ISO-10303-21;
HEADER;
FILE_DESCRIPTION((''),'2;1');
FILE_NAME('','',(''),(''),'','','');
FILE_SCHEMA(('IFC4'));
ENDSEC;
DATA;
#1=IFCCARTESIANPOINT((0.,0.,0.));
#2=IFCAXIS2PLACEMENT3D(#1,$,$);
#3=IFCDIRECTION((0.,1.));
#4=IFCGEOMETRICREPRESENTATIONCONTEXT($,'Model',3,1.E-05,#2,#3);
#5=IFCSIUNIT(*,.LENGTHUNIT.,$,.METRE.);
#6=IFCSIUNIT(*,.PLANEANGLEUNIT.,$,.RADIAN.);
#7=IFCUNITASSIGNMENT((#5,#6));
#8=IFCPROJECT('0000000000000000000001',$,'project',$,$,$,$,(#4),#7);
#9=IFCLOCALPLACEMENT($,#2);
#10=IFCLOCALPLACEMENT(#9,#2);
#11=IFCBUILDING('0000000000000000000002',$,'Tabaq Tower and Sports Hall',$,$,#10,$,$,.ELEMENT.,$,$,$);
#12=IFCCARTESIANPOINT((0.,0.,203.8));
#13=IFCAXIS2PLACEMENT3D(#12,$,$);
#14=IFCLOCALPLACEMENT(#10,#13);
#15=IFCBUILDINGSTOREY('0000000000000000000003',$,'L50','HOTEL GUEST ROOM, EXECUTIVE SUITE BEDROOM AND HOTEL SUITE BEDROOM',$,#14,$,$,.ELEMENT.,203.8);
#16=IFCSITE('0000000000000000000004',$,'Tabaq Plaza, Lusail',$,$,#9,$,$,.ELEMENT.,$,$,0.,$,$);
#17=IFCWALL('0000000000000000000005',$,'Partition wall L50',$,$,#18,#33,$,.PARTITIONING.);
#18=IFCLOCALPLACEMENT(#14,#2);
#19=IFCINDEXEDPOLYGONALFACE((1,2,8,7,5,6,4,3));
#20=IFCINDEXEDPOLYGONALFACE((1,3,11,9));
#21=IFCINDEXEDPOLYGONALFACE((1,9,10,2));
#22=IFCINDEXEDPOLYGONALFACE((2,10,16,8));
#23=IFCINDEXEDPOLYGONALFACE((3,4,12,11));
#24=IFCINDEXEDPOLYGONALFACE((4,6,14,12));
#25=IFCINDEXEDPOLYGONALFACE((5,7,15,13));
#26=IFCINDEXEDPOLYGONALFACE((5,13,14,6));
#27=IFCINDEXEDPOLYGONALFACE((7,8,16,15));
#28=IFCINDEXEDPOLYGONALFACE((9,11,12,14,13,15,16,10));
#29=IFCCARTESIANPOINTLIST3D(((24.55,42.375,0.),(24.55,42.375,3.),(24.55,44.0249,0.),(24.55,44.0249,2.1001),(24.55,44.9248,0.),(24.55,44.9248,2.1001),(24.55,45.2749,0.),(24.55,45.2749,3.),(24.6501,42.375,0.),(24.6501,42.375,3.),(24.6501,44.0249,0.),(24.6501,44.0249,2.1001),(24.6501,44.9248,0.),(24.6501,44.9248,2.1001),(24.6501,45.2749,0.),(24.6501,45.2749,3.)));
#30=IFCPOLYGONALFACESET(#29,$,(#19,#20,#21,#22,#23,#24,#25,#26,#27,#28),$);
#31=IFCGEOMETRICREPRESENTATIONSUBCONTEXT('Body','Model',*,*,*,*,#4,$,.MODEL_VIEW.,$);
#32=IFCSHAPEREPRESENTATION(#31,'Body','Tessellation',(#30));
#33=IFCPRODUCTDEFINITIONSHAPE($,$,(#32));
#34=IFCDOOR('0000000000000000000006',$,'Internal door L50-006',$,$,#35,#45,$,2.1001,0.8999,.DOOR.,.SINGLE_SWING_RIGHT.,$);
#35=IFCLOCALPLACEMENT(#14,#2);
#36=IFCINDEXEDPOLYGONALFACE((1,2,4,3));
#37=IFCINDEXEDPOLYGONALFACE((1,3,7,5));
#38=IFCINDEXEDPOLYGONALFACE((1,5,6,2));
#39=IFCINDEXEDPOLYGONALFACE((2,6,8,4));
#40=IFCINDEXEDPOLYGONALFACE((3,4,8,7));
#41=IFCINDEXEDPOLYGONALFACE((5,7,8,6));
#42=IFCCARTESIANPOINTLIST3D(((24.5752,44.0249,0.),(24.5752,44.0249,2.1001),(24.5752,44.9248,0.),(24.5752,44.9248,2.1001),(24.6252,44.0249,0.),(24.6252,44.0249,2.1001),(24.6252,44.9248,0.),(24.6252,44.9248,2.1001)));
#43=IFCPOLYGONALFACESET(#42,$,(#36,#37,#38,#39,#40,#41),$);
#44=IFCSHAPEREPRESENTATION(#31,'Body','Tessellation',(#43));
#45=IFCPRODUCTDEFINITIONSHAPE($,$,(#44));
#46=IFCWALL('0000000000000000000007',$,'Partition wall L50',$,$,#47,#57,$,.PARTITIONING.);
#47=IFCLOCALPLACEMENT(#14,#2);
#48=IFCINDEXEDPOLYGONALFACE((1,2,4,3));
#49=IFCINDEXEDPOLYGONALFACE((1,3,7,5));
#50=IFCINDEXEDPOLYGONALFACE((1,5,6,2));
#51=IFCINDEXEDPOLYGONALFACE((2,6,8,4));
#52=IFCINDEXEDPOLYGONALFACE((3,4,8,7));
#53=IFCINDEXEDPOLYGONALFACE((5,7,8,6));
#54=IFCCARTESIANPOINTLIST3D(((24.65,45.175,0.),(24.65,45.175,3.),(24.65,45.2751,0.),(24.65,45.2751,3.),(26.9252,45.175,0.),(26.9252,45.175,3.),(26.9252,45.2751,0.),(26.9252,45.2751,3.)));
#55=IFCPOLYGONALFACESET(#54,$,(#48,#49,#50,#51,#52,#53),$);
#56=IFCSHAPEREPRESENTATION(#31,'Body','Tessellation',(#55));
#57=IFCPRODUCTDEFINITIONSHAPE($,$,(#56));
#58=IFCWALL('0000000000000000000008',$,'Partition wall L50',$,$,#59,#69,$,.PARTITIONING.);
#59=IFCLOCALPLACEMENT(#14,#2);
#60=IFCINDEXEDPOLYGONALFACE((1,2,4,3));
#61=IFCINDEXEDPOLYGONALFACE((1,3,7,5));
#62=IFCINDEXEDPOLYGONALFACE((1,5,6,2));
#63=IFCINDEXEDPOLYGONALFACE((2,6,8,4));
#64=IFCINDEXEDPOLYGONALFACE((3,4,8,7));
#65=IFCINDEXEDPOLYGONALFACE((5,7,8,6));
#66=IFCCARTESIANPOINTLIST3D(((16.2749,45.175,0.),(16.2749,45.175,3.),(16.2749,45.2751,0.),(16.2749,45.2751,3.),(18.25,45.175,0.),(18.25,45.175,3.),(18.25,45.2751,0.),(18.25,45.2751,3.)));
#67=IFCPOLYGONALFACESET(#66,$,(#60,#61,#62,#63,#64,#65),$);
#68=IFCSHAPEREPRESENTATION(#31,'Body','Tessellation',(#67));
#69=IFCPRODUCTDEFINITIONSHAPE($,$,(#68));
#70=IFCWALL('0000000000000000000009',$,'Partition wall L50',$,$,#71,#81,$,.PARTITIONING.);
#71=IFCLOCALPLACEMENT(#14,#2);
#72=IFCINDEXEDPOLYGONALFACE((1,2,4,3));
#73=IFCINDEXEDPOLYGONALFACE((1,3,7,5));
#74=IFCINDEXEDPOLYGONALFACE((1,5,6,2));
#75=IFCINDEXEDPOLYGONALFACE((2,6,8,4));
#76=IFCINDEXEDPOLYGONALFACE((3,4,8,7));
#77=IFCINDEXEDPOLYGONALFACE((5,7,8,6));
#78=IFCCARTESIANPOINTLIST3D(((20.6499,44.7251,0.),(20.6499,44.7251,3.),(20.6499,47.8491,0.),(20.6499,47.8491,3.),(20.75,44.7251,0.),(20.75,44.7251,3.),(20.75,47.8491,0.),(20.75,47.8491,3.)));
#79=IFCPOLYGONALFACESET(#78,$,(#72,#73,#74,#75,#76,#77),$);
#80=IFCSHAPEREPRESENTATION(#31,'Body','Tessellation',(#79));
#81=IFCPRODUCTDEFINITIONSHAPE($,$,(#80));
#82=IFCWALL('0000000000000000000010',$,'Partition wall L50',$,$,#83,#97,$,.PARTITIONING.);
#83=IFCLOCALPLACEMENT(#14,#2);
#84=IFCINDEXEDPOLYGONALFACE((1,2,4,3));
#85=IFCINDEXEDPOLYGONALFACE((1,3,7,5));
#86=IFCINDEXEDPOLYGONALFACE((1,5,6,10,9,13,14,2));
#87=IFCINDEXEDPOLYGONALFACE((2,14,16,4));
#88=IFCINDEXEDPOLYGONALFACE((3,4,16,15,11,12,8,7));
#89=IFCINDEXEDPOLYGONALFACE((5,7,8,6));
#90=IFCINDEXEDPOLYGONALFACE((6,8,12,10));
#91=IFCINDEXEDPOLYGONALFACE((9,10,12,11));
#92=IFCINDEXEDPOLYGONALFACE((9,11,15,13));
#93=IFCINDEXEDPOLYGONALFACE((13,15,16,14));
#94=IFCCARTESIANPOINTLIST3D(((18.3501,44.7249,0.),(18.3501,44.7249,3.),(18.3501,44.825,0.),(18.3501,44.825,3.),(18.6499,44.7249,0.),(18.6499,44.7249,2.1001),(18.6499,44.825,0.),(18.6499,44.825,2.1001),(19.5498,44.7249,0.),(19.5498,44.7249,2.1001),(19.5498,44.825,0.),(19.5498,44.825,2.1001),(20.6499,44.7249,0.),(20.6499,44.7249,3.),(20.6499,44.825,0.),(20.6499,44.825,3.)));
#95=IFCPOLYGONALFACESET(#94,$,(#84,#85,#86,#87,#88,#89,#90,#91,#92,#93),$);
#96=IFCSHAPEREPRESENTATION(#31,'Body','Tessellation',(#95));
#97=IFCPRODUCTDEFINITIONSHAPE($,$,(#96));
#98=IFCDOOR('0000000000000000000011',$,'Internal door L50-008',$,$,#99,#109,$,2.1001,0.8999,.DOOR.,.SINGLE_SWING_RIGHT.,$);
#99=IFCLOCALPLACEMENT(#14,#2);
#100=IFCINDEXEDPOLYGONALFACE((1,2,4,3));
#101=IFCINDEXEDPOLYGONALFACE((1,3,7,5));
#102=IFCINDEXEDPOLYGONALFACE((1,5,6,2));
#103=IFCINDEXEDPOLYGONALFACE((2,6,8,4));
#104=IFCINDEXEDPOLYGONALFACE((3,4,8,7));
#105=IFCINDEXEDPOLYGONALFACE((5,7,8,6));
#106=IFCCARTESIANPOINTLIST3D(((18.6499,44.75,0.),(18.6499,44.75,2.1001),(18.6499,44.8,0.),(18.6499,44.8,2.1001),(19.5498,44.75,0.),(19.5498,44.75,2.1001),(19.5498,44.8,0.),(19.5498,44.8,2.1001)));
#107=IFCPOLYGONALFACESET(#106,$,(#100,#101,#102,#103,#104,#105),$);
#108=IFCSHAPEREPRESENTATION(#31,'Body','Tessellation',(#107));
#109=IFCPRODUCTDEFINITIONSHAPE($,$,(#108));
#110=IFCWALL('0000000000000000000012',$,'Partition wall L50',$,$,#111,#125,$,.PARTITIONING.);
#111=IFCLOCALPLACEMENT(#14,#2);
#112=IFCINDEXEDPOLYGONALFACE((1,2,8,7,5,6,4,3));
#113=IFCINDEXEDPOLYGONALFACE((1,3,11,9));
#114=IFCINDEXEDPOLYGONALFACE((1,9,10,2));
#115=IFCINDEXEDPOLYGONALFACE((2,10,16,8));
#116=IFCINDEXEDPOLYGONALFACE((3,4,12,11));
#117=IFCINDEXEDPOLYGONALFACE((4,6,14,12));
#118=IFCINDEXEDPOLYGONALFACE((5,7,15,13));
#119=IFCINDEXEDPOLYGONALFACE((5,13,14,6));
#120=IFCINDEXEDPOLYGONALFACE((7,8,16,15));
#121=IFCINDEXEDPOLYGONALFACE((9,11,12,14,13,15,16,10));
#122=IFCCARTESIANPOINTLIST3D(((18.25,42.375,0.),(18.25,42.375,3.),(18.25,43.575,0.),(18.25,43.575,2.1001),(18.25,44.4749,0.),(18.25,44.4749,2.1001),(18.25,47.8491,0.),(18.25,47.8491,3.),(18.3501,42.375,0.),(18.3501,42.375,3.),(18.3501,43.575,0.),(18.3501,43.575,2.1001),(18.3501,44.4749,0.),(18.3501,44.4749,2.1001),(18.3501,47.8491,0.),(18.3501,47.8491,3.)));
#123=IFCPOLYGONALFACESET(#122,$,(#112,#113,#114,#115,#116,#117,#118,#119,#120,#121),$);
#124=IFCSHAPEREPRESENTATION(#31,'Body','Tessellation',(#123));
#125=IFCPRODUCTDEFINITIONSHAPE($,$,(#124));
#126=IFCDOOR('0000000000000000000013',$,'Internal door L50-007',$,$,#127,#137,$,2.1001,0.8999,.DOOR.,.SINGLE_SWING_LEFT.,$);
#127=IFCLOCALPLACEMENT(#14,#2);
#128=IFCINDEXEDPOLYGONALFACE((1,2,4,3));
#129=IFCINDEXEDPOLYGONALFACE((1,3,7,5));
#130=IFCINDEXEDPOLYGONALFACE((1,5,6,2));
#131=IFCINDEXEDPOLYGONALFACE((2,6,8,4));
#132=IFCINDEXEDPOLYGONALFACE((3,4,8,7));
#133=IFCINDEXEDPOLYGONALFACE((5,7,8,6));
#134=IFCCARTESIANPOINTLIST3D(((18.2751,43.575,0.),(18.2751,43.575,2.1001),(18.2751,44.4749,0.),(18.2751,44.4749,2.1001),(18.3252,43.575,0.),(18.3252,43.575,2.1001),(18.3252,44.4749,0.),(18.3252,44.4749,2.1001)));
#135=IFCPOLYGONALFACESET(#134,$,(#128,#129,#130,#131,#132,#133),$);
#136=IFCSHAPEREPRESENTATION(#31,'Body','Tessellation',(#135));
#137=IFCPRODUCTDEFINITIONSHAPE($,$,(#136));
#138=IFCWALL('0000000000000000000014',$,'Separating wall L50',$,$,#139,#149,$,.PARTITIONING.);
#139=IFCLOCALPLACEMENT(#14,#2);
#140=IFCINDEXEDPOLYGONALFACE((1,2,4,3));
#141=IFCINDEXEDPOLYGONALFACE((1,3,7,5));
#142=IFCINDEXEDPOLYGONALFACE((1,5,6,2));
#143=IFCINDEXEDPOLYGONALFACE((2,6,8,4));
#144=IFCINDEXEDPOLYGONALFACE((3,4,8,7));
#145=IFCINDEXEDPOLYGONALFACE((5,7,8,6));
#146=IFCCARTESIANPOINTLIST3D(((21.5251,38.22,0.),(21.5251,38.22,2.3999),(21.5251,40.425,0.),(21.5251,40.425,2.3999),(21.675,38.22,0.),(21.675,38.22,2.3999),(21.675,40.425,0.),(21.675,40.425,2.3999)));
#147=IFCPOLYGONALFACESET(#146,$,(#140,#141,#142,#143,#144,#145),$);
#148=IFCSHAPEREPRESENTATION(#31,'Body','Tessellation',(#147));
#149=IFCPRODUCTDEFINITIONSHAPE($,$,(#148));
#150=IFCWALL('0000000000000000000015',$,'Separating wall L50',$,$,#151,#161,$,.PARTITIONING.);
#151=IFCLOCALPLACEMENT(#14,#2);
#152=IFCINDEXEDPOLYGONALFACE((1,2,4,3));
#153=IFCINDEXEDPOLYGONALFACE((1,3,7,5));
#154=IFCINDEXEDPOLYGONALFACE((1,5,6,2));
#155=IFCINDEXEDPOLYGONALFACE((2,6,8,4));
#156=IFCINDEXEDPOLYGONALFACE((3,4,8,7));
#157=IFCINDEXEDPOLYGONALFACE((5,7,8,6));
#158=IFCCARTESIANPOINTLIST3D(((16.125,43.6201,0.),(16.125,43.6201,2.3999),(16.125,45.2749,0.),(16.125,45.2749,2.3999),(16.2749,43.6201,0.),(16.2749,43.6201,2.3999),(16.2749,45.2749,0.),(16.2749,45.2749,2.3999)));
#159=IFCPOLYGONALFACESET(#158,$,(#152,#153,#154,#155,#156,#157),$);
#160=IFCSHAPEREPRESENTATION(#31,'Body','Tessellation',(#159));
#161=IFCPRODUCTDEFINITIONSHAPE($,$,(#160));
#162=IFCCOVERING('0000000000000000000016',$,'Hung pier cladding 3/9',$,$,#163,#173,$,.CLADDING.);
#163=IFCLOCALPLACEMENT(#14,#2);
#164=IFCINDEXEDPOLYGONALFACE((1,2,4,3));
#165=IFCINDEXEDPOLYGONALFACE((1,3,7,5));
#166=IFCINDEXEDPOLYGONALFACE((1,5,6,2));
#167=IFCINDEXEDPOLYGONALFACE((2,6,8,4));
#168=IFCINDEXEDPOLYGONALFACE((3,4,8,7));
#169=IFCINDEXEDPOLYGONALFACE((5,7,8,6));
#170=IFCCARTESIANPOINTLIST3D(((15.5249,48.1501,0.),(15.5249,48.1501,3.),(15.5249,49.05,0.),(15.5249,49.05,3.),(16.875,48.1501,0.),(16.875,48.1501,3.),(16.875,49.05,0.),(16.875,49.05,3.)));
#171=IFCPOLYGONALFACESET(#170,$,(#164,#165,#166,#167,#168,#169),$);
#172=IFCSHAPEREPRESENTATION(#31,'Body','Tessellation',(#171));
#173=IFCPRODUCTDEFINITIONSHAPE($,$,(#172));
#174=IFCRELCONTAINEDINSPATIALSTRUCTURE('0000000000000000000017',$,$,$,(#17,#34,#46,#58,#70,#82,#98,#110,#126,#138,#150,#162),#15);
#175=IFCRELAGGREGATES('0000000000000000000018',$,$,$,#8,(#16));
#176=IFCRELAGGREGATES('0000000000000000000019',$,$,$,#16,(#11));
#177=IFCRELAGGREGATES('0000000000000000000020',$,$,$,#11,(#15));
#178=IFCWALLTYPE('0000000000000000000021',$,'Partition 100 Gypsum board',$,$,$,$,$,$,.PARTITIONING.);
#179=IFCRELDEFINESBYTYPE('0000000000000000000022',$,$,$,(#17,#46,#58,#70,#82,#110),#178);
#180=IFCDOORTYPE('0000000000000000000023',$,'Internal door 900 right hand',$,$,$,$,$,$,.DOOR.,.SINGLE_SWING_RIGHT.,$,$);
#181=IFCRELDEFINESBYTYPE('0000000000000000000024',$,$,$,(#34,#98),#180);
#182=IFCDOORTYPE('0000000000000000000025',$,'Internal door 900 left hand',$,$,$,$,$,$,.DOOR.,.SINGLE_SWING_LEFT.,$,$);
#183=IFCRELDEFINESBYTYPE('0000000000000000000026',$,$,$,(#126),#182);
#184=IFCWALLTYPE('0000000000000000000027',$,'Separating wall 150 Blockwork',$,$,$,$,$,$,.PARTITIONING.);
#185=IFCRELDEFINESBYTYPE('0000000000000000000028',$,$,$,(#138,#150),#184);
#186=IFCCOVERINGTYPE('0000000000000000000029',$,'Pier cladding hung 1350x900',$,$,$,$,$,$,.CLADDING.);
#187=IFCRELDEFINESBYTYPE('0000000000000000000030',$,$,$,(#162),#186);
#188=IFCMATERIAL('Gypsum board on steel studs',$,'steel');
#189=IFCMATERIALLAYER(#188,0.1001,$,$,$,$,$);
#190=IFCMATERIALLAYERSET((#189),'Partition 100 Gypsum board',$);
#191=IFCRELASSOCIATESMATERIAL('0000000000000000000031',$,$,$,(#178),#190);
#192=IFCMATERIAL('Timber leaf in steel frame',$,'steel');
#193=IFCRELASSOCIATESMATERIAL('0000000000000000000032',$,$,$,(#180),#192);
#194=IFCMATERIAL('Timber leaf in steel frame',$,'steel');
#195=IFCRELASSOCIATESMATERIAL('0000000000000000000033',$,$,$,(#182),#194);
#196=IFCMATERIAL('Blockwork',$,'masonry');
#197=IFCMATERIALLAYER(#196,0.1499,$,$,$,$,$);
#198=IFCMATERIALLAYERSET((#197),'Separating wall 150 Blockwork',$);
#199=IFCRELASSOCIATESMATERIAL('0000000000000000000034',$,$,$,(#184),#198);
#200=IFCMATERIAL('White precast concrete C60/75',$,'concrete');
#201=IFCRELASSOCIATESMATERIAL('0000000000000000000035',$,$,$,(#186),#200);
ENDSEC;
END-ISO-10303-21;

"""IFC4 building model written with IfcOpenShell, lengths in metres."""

from ifc_helpers import new_model, si_unit, direction, frame, frame_2d, origin, place, context, subcontext, project, spatial, rectangle, extrude, material, layer, layer_set, type_object, element, fill, save


model = new_model("IFC4")

# Units and contexts
model_context = context("Model", 3, precision=1e-05, world=origin(), true_north=direction((0.0, 1.0)))
body_context = subcontext(model_context, "Body", "Model", "MODEL_VIEW")
ifc_project = project(units=[si_unit("LENGTHUNIT", "METRE"), si_unit("PLANEANGLEUNIT", "RADIAN")], contexts=[model_context])

# Site, building, storey
site_placement = place(None, origin())
site = spatial("IfcSite", under=ifc_project, at=site_placement, Name="Tabaq Plaza, Lusail", CompositionType="ELEMENT", RefElevation=0.0)
building_placement = place(site_placement, origin())
building = spatial("IfcBuilding", under=site, at=building_placement, Name="Tabaq Tower and Sports Hall", CompositionType="ELEMENT")
storey_placement = place(building_placement, frame((0.0, 0.0, 203.8)))
storey = spatial("IfcBuildingStorey", under=building, at=storey_placement, Name="L50", Description="HOTEL GUEST ROOM, EXECUTIVE SUITE BEDROOM AND HOTEL SUITE BEDROOM", CompositionType="ELEMENT", Elevation=203.8)

# Shared definitions
ifc_material_1 = material(Name="Gypsum board on steel studs", Category="steel")
ifc_layer_1 = layer(ifc_material_1, 0.1001)
ifc_layer_set_1 = layer_set([ifc_layer_1], Name="Partition 100 Gypsum board")
wall_type_1 = type_object("IfcWallType", Name="Partition 100 Gypsum board", PredefinedType="PARTITIONING", material=ifc_layer_set_1)
ifc_material_2 = material(Name="Timber leaf in steel frame", Category="steel")
door_type_1 = type_object("IfcDoorType", Name="Internal door 900 right hand", OperationType="SINGLE_SWING_RIGHT", PredefinedType="DOOR", material=ifc_material_2)

# Shared definitions
ifc_material_3 = material(Name="Timber leaf in steel frame", Category="steel")
door_type_2 = type_object("IfcDoorType", Name="Internal door 900 left hand", OperationType="SINGLE_SWING_LEFT", PredefinedType="DOOR", material=ifc_material_3)

# Wall, opening, door
wall_1_placement = place(storey_placement, frame((24.6001, 42.375, 0.0), z_axis=(0.0, 0.0, 1.0), x_axis=(0.0, 1.0, 0.0)))
wall_1 = element("IfcWall", 1, at=wall_1_placement, inside=storey, type_object=wall_type_1, Name="Partition wall L50", PredefinedType="PARTITIONING", context=body_context, shape_type="SweptSolid", body=[
    extrude(rectangle(XDim=2.8999, YDim=0.1001, at=frame_2d((1.45, 0.0))), origin(), (0.0, 0.0, 1.0), 3.0),
])
opening_1_placement = place(wall_1_placement, frame((1.6499, 0.0, 0.0)))
opening_1 = element("IfcOpeningElement", 2, at=opening_1_placement, cuts=wall_1, PredefinedType="OPENING", context=body_context, shape_type="SweptSolid", body=[
    extrude(rectangle(XDim=0.8999, YDim=2.1001, at=frame_2d((0.45, 1.05))), frame((0.0, 0.05, 0.0), z_axis=(0.0, -1.0, 0.0), x_axis=(1.0, 0.0, 0.0)), (0.0, 0.0, 1.0), 0.1001),
])
door_1_placement = place(opening_1_placement, origin())
door_1 = element("IfcDoor", 3, at=door_1_placement, inside=storey, type_object=door_type_1, Name="Internal door L50-006", OperationType="SINGLE_SWING_RIGHT", OverallHeight=2.1001, OverallWidth=0.8999, PredefinedType="DOOR", context=body_context, shape_type="SweptSolid", body=[
    extrude(rectangle(XDim=0.8999, YDim=2.1001, at=frame_2d((0.45, 1.05))), frame((0.0, 0.0249, 0.0), z_axis=(0.0, -1.0, 0.0), x_axis=(1.0, 0.0, 0.0)), (0.0, 0.0, 1.0), 0.05),
])
fill(opening_1, door_1)

# Walls
wall_2_placement = place(storey_placement, frame((24.6499, 45.2251, 0.0), z_axis=(0.0, 0.0, 1.0), x_axis=(1.0, 0.0, 0.0)))
element("IfcWall", 4, at=wall_2_placement, inside=storey, type_object=wall_type_1, Name="Partition wall L50", PredefinedType="PARTITIONING", context=body_context, shape_type="SweptSolid", body=[
    extrude(rectangle(XDim=2.2751, YDim=0.1001, at=frame_2d((1.1377, 0.0))), origin(), (0.0, 0.0, 1.0), 3.0),
])
wall_3_placement = place(storey_placement, frame((18.25, 45.2251, 0.0), z_axis=(0.0, 0.0, 1.0), x_axis=(-1.0, 0.0, 0.0)))
element("IfcWall", 5, at=wall_3_placement, inside=storey, type_object=wall_type_1, Name="Partition wall L50", PredefinedType="PARTITIONING", context=body_context, shape_type="SweptSolid", body=[
    extrude(rectangle(XDim=1.9751, YDim=0.1001, at=frame_2d((0.9875, 0.0))), origin(), (0.0, 0.0, 1.0), 3.0),
])
wall_4_placement = place(storey_placement, frame((20.7, 47.8491, 0.0), z_axis=(0.0, 0.0, 1.0), x_axis=(0.0, -1.0, 0.0)))
element("IfcWall", 6, at=wall_4_placement, inside=storey, type_object=wall_type_1, Name="Partition wall L50", PredefinedType="PARTITIONING", context=body_context, shape_type="SweptSolid", body=[
    extrude(rectangle(XDim=3.124, YDim=0.1001, at=frame_2d((1.562, 0.0))), origin(), (0.0, 0.0, 1.0), 3.0),
])

# Walls, openings, doors
wall_5_placement = place(storey_placement, frame((20.6499, 44.7749, 0.0), z_axis=(0.0, 0.0, 1.0), x_axis=(-1.0, 0.0, 0.0)))
wall_5 = element("IfcWall", 7, at=wall_5_placement, inside=storey, type_object=wall_type_1, Name="Partition wall L50", PredefinedType="PARTITIONING", context=body_context, shape_type="SweptSolid", body=[
    extrude(rectangle(XDim=2.2998, YDim=0.1001, at=frame_2d((1.1499, 0.0))), origin(), (0.0, 0.0, 1.0), 3.0),
])
opening_2_placement = place(wall_5_placement, frame((1.1001, 0.0, 0.0)))
opening_2 = element("IfcOpeningElement", 8, at=opening_2_placement, cuts=wall_5, PredefinedType="OPENING", context=body_context, shape_type="SweptSolid", body=[
    extrude(rectangle(XDim=0.8999, YDim=2.1001, at=frame_2d((0.45, 1.05))), frame((0.0, 0.05, 0.0), z_axis=(0.0, -1.0, 0.0), x_axis=(1.0, 0.0, 0.0)), (0.0, 0.0, 1.0), 0.1001),
])
door_2_placement = place(opening_2_placement, origin())
door_2 = element("IfcDoor", 9, at=door_2_placement, inside=storey, type_object=door_type_1, Name="Internal door L50-008", OperationType="SINGLE_SWING_RIGHT", OverallHeight=2.1001, OverallWidth=0.8999, PredefinedType="DOOR", context=body_context, shape_type="SweptSolid", body=[
    extrude(rectangle(XDim=0.8999, YDim=2.1001, at=frame_2d((0.45, 1.05))), frame((0.0, 0.0249, 0.0), z_axis=(0.0, -1.0, 0.0), x_axis=(1.0, 0.0, 0.0)), (0.0, 0.0, 1.0), 0.05),
])
fill(opening_2, door_2)
wall_6_placement = place(storey_placement, frame((18.3, 42.375, 0.0), z_axis=(0.0, 0.0, 1.0), x_axis=(0.0, 1.0, 0.0)))
wall_6 = element("IfcWall", 10, at=wall_6_placement, inside=storey, type_object=wall_type_1, Name="Partition wall L50", PredefinedType="PARTITIONING", context=body_context, shape_type="SweptSolid", body=[
    extrude(rectangle(XDim=5.4741, YDim=0.1001, at=frame_2d((2.7371, 0.0))), origin(), (0.0, 0.0, 1.0), 3.0),
])
opening_3_placement = place(wall_6_placement, frame((1.2, 0.0, 0.0)))
opening_3 = element("IfcOpeningElement", 11, at=opening_3_placement, cuts=wall_6, PredefinedType="OPENING", context=body_context, shape_type="SweptSolid", body=[
    extrude(rectangle(XDim=0.8999, YDim=2.1001, at=frame_2d((0.45, 1.05))), frame((0.0, 0.05, 0.0), z_axis=(0.0, -1.0, 0.0), x_axis=(1.0, 0.0, 0.0)), (0.0, 0.0, 1.0), 0.1001),
])
door_3_placement = place(opening_3_placement, origin())
door_3 = element("IfcDoor", 12, at=door_3_placement, inside=storey, type_object=door_type_2, Name="Internal door L50-007", OperationType="SINGLE_SWING_LEFT", OverallHeight=2.1001, OverallWidth=0.8999, PredefinedType="DOOR", context=body_context, shape_type="SweptSolid", body=[
    extrude(rectangle(XDim=0.8999, YDim=2.1001, at=frame_2d((0.45, 1.05))), frame((0.0, 0.0249, 0.0), z_axis=(0.0, -1.0, 0.0), x_axis=(1.0, 0.0, 0.0)), (0.0, 0.0, 1.0), 0.05),
])
fill(opening_3, door_3)

# Walls
ifc_material_4 = material(Name="Blockwork", Category="masonry")
ifc_layer_2 = layer(ifc_material_4, 0.1499)
ifc_layer_set_2 = layer_set([ifc_layer_2], Name="Separating wall 150 Blockwork")
wall_type_2 = type_object("IfcWallType", Name="Separating wall 150 Blockwork", PredefinedType="PARTITIONING", material=ifc_layer_set_2)
wall_7_placement = place(storey_placement, frame((21.6001, 38.22, 0.0), z_axis=(0.0, 0.0, 1.0), x_axis=(0.0, 1.0, 0.0)))
element("IfcWall", 13, at=wall_7_placement, inside=storey, type_object=wall_type_2, Name="Separating wall L50", PredefinedType="PARTITIONING", context=body_context, shape_type="SweptSolid", body=[
    extrude(rectangle(XDim=2.2051, YDim=0.1499, at=frame_2d((1.1025, 0.0))), origin(), (0.0, 0.0, 1.0), 2.3999),
])
wall_8_placement = place(storey_placement, frame((16.2, 43.6201, 0.0), z_axis=(0.0, 0.0, 1.0), x_axis=(0.0, 1.0, 0.0)))
element("IfcWall", 14, at=wall_8_placement, inside=storey, type_object=wall_type_2, Name="Separating wall L50", PredefinedType="PARTITIONING", context=body_context, shape_type="SweptSolid", body=[
    extrude(rectangle(XDim=1.6548, YDim=0.1499, at=frame_2d((0.8274, 0.0))), origin(), (0.0, 0.0, 1.0), 2.3999),
])

# Covering
ifc_material_5 = material(Name="White precast concrete C60/75", Category="concrete")
covering_type_1 = type_object("IfcCoveringType", Name="Pier cladding hung 1350x900", PredefinedType="CLADDING", material=ifc_material_5)
covering_1_placement = place(storey_placement, frame((16.875, 48.6001, 0.0), z_axis=(0.0, 0.0, 1.0), x_axis=(-1.0, 0.0, 0.0)))
element("IfcCovering", 15, at=covering_1_placement, inside=storey, type_object=covering_type_1, Name="Hung pier cladding 3/9", PredefinedType="CLADDING", context=body_context, shape_type="SweptSolid", body=[
    extrude(rectangle(XDim=1.3501, YDim=0.8999, at=frame_2d((0.675, 0.0))), origin(), (0.0, 0.0, 1.0), 3.0),
])

save(model, "model.ifc")
